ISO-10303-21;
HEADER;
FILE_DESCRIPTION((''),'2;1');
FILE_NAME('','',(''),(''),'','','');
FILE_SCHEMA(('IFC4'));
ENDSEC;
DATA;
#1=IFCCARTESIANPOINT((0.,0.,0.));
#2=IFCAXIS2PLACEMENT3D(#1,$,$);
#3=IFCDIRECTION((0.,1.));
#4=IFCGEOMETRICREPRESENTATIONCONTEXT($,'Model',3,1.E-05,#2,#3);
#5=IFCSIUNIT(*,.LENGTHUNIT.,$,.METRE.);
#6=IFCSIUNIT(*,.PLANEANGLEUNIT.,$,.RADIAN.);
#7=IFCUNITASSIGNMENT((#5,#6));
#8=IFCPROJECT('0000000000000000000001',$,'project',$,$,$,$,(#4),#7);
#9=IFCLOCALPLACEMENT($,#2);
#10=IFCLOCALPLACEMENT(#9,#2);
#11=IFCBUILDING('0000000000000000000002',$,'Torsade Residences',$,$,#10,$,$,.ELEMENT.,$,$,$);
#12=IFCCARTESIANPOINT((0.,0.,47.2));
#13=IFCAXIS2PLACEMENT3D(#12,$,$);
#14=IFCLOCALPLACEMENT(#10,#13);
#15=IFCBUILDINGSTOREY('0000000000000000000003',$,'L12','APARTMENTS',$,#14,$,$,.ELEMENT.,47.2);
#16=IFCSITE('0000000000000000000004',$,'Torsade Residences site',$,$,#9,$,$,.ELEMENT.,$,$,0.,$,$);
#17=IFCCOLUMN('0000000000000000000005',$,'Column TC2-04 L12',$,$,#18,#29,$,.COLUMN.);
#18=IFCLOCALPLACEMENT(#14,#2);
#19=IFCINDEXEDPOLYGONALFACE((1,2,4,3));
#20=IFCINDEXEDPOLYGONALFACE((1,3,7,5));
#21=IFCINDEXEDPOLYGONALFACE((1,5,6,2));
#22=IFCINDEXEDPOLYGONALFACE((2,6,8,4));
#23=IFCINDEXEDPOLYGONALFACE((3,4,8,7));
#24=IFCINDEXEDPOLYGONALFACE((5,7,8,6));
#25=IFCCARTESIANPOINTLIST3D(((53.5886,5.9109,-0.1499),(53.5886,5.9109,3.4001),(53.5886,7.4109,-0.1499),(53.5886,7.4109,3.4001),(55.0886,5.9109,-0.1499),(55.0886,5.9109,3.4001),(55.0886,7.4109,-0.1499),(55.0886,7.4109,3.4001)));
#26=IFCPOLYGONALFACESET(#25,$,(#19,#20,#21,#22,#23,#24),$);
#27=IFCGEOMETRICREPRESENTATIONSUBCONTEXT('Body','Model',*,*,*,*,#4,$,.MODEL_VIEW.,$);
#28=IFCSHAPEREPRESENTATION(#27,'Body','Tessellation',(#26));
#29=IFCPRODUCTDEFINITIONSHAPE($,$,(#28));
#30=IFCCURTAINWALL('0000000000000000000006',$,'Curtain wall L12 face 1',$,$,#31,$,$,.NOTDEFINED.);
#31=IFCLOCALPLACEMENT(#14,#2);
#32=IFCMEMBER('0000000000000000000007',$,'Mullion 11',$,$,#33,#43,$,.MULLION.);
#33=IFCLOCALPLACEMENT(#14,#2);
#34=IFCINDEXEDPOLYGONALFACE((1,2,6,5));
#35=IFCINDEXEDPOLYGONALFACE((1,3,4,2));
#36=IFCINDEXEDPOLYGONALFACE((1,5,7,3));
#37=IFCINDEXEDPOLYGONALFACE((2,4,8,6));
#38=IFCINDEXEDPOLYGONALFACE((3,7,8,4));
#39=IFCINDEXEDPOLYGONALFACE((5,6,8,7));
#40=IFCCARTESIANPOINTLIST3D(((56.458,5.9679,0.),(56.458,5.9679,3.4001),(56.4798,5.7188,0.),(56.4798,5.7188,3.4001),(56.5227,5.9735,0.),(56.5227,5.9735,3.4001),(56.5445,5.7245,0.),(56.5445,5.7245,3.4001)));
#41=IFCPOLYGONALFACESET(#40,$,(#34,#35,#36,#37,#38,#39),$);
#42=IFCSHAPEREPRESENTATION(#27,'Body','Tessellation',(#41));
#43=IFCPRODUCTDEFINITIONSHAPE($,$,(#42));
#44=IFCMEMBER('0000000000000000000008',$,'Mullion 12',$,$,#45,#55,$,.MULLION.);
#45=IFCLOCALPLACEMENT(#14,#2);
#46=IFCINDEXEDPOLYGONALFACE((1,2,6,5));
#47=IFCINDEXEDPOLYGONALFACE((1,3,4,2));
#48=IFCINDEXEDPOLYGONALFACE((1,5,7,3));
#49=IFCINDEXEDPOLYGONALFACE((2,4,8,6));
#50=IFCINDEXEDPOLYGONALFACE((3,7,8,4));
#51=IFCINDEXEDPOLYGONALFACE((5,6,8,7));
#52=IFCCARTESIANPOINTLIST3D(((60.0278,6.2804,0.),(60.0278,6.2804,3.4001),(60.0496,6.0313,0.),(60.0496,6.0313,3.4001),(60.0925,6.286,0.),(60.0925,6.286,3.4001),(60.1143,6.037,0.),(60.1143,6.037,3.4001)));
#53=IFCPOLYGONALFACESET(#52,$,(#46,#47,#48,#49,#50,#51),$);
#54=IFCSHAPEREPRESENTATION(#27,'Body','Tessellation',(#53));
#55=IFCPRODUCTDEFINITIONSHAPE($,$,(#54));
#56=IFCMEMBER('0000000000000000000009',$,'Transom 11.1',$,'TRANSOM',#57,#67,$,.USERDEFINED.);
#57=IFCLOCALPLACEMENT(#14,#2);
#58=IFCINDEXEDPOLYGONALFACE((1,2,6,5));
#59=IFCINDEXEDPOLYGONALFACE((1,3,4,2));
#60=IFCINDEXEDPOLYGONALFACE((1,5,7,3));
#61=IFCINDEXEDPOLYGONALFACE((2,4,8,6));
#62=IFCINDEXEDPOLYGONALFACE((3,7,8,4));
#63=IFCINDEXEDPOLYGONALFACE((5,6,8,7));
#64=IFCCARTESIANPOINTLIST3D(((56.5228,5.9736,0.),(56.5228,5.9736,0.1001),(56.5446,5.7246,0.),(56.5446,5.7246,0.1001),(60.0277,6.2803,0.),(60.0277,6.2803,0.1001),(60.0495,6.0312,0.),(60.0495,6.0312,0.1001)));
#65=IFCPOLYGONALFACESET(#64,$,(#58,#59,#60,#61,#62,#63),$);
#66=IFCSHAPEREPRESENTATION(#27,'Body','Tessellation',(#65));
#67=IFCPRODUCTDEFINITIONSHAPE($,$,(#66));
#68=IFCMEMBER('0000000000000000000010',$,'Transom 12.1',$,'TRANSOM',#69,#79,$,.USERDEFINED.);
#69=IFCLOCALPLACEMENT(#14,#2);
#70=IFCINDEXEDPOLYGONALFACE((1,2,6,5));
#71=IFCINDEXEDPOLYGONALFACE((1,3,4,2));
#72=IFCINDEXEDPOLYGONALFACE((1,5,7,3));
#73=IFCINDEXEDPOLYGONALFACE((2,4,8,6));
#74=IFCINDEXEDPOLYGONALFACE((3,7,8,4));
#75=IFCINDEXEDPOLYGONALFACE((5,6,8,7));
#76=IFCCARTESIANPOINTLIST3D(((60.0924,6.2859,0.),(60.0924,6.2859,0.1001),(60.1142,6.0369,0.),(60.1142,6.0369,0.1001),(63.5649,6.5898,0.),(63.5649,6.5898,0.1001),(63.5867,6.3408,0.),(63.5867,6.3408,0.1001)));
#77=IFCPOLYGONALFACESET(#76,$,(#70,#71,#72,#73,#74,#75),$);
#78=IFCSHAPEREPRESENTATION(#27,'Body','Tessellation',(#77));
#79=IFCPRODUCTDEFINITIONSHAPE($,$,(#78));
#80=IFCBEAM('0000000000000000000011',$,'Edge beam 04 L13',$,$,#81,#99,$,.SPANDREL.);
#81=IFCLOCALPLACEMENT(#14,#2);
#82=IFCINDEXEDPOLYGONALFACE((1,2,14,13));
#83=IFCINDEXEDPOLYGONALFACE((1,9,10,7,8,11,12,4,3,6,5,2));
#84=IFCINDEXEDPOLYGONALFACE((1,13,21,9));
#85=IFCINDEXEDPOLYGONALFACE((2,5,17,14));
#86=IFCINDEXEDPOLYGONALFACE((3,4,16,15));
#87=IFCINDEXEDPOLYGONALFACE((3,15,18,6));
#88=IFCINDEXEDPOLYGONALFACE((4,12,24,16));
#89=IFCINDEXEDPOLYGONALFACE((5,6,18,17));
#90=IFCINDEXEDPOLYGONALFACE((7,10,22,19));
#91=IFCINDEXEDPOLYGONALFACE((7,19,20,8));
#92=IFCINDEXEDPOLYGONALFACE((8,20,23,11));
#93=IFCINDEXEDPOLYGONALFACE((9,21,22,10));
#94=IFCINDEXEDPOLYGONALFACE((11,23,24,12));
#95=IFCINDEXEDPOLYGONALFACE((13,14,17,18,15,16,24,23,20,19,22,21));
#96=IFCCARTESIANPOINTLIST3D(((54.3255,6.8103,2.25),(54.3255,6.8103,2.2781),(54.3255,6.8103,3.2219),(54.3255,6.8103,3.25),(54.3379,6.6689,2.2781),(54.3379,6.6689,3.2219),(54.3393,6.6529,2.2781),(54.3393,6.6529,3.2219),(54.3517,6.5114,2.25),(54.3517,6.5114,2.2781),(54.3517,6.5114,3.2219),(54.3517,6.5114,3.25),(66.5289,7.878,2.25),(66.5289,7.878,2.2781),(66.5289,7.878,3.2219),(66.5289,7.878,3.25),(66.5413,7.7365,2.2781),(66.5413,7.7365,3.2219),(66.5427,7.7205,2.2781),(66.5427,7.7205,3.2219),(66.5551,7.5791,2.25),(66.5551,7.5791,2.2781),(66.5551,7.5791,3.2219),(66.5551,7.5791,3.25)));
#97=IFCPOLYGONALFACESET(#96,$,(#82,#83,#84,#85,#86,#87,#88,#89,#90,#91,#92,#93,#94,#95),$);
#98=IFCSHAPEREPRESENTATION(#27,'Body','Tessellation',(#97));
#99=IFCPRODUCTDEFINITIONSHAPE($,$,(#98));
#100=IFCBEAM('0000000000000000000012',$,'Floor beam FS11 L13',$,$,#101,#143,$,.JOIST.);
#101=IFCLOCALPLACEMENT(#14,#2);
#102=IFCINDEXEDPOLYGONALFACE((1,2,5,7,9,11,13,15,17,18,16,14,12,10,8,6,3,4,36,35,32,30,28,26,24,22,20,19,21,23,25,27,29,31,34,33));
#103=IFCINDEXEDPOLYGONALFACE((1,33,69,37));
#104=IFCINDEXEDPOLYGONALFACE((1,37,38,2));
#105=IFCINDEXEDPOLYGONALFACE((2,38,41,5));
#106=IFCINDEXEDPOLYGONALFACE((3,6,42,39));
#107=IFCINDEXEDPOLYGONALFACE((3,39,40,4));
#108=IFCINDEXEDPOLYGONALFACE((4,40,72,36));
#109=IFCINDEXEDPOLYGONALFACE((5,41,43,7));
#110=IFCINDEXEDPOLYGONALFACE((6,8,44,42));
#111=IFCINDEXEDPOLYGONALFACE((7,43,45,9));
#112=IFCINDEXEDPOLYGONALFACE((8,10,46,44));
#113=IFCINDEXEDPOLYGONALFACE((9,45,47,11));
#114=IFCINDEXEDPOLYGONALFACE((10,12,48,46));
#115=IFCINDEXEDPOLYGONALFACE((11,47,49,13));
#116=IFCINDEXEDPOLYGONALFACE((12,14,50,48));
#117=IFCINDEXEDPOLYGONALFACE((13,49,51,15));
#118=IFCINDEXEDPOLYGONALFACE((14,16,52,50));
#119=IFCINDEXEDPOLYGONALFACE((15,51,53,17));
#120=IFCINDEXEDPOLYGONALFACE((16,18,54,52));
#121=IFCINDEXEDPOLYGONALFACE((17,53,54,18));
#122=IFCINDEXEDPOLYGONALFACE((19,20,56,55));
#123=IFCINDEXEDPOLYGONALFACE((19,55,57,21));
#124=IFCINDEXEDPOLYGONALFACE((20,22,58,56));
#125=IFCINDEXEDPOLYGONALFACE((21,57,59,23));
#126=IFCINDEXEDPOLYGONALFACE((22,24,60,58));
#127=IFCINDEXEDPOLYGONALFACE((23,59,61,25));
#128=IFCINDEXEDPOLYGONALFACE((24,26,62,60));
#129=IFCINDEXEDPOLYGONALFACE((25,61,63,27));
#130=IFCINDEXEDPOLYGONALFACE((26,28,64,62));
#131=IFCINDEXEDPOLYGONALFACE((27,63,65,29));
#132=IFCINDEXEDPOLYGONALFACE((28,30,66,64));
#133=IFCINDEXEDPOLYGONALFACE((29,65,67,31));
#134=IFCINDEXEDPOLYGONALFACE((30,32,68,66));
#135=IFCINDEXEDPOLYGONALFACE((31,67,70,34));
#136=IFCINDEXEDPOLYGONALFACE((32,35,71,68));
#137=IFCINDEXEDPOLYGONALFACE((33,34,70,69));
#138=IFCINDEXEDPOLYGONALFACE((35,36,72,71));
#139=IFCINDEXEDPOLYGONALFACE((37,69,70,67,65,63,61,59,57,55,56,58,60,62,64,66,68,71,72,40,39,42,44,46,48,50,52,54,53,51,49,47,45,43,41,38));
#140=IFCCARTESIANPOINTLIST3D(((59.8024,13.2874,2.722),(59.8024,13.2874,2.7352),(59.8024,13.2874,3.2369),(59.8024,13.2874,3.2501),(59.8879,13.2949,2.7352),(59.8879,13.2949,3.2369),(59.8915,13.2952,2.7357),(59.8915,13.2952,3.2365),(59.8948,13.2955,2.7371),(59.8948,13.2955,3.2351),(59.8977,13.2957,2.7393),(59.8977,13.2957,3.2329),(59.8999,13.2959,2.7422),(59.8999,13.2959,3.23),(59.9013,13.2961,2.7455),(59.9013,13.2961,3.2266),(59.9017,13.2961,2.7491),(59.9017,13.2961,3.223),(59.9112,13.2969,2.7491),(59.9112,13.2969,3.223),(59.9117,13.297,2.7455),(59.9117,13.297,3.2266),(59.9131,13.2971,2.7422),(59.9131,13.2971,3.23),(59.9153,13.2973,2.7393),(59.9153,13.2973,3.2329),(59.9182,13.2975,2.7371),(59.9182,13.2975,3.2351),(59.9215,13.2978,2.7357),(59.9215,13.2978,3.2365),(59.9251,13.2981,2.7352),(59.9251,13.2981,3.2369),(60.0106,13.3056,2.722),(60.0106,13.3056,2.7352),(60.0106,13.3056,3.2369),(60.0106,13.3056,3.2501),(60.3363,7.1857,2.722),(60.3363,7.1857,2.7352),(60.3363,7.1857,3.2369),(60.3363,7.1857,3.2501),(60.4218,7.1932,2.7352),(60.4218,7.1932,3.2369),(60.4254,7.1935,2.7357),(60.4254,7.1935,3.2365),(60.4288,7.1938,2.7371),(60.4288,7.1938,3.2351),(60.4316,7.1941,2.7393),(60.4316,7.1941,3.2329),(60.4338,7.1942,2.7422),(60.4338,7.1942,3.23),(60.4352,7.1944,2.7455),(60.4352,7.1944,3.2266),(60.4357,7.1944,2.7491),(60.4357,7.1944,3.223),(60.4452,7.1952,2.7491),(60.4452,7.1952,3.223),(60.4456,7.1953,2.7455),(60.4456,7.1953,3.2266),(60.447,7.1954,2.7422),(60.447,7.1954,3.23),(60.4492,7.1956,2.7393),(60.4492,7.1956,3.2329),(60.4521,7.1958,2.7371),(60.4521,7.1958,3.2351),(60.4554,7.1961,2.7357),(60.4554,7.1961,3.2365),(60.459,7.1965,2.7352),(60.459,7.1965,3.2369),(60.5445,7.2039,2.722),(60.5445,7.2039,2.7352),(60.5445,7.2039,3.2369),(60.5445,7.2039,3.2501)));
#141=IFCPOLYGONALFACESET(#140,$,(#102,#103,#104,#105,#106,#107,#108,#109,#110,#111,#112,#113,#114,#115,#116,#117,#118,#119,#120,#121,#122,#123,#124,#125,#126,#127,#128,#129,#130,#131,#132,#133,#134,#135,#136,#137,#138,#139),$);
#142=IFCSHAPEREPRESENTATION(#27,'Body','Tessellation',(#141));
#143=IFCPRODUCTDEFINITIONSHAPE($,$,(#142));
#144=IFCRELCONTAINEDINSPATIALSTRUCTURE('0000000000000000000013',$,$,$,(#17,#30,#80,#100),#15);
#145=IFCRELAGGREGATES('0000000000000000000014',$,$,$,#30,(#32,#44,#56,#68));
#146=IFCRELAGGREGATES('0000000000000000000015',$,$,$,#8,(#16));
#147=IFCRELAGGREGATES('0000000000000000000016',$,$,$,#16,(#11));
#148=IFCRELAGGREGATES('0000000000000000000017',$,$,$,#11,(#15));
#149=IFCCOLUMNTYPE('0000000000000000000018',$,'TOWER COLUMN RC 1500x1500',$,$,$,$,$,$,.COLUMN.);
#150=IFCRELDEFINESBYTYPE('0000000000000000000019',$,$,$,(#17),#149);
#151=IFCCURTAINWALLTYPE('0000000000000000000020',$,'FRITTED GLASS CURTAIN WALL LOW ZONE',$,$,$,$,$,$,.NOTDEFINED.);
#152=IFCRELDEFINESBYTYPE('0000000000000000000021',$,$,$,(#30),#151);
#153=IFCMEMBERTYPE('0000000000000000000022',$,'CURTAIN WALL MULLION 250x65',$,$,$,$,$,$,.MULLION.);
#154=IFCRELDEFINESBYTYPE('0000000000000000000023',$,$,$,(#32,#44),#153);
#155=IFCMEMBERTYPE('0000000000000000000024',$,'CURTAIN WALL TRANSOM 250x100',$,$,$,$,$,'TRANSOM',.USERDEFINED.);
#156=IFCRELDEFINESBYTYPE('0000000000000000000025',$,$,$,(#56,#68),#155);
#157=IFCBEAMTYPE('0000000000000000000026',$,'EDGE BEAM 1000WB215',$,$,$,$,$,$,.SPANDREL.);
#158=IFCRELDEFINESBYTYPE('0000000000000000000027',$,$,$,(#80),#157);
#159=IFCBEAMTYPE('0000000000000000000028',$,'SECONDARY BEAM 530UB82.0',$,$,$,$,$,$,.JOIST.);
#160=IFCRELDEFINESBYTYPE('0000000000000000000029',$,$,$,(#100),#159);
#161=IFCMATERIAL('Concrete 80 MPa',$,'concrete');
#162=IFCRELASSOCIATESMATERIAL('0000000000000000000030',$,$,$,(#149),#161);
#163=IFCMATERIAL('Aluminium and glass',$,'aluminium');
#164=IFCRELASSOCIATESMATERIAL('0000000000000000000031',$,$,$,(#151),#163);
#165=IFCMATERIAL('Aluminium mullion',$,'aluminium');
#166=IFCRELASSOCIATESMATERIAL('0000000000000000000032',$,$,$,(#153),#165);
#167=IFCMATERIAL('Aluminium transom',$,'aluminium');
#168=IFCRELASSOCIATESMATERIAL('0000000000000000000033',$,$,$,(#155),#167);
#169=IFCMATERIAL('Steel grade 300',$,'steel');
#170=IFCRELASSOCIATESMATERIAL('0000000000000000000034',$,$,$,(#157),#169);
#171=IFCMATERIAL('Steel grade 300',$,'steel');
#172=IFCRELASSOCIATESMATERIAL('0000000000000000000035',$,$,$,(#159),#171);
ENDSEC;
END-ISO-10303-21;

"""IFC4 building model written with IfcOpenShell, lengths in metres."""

from ifc_helpers import new_model, si_unit, direction, frame, origin, origin_2d, place, context, subcontext, project, spatial, rectangle, i_section, extrude, material, material_profile, profile_set, type_object, element, aggregate, save


model = new_model("IFC4")

# Units and contexts
model_context = context("Model", 3, precision=1e-05, world=origin(), true_north=direction((0.0, 1.0)))
body_context = subcontext(model_context, "Body", "Model", "MODEL_VIEW")
ifc_project = project(units=[si_unit("LENGTHUNIT", "METRE"), si_unit("PLANEANGLEUNIT", "RADIAN")], contexts=[model_context])

# Site, building, storey
site_placement = place(None, origin())
site = spatial("IfcSite", under=ifc_project, at=site_placement, Name="Torsade Residences site", CompositionType="ELEMENT", RefElevation=0.0)
building_placement = place(site_placement, origin())
building = spatial("IfcBuilding", under=site, at=building_placement, Name="Torsade Residences", CompositionType="ELEMENT")
storey_placement = place(building_placement, frame((0.0, 0.0, 47.2)))
storey = spatial("IfcBuildingStorey", under=building, at=storey_placement, Name="L12", Description="APARTMENTS", CompositionType="ELEMENT", Elevation=47.2)

# Column
ifc_material_1 = material(Name="Concrete 80 MPa", Category="concrete")
ifc_material_profile_1 = material_profile(ifc_material_1, rectangle(XDim=1.5, YDim=1.5, at=origin_2d()), Name="RC 1500x1500")
ifc_profile_set_1 = profile_set([ifc_material_profile_1], Name="Concrete 80 MPa")
column_type = type_object("IfcColumnType", Name="TOWER COLUMN RC 1500x1500", PredefinedType="COLUMN", material=ifc_profile_set_1)
column_placement = place(storey_placement, frame((54.3386, 6.6609, -0.1499), z_axis=(0.0, 0.0, 1.0), x_axis=(1.0, 0.0, 0.0)))
element("IfcColumn", 1, at=column_placement, inside=storey, type_object=column_type, Name="Column TC2-04 L12", PredefinedType="COLUMN", context=body_context, shape_type="SweptSolid", body=[
    extrude(rectangle(XDim=1.5, YDim=1.5, at=origin_2d()), origin(), (0.0, 0.0, 1.0), 3.55),
])

# Curtain wall, members
ifc_material_2 = material(Name="Aluminium and glass", Category="aluminium")
curtain_wall_type = type_object("IfcCurtainWallType", Name="FRITTED GLASS CURTAIN WALL LOW ZONE", PredefinedType="NOTDEFINED", material=ifc_material_2)
curtain_wall_placement = place(storey_placement, origin())
curtain_wall = element("IfcCurtainWall", 2, at=curtain_wall_placement, inside=storey, type_object=curtain_wall_type, Name="Curtain wall L12 face 1", PredefinedType="NOTDEFINED")
ifc_material_3 = material(Name="Aluminium mullion", Category="aluminium")
ifc_material_profile_2 = material_profile(ifc_material_3, rectangle(XDim=0.25, YDim=0.0649, at=origin_2d()), Name="CURTAIN WALL MULLION 250x65")
ifc_profile_set_2 = profile_set([ifc_material_profile_2], Name="Aluminium mullion")
member_type_1 = type_object("IfcMemberType", Name="CURTAIN WALL MULLION 250x65", PredefinedType="MULLION", material=ifc_profile_set_2)
member_1_placement = place(storey_placement, frame((56.5012, 5.8462, 0.0), z_axis=(0.0, 0.0, 1.0), x_axis=(-0.087156, 0.996195, 0.0)))
member_1 = element("IfcMember", 3, at=member_1_placement, type_object=member_type_1, Name="Mullion 11", PredefinedType="MULLION", context=body_context, shape_type="SweptSolid", body=[
    extrude(rectangle(XDim=0.25, YDim=0.0649, at=origin_2d()), origin(), (0.0, 0.0, 1.0), 3.4001),
])
member_2_placement = place(storey_placement, frame((60.071, 6.1587, 0.0), z_axis=(0.0, 0.0, 1.0), x_axis=(-0.087156, 0.996195, 0.0)))
member_2 = element("IfcMember", 4, at=member_2_placement, type_object=member_type_1, Name="Mullion 12", PredefinedType="MULLION", context=body_context, shape_type="SweptSolid", body=[
    extrude(rectangle(XDim=0.25, YDim=0.0649, at=origin_2d()), origin(), (0.0, 0.0, 1.0), 3.4001),
])
ifc_material_4 = material(Name="Aluminium transom", Category="aluminium")
ifc_material_profile_3 = material_profile(ifc_material_4, rectangle(XDim=0.25, YDim=0.1001, at=origin_2d()), Name="CURTAIN WALL TRANSOM 250x100")
ifc_profile_set_3 = profile_set([ifc_material_profile_3], Name="Aluminium transom")
member_type_2 = type_object("IfcMemberType", Name="CURTAIN WALL TRANSOM 250x100", ElementType="TRANSOM", PredefinedType="USERDEFINED", material=ifc_profile_set_3)
member_3_placement = place(storey_placement, frame((56.5337, 5.8491, 0.05), z_axis=(0.996195, 0.087157, 0.0), x_axis=(-0.087157, 0.996195, 0.0)))
member_3 = element("IfcMember", 5, at=member_3_placement, type_object=member_type_2, Name="Transom 11.1", ObjectType="TRANSOM", PredefinedType="USERDEFINED", context=body_context, shape_type="SweptSolid", body=[
    extrude(rectangle(XDim=0.25, YDim=0.1001, at=origin_2d()), origin(), (0.0, 0.0, 1.0), 3.5183),
])
member_4_placement = place(storey_placement, frame((60.1033, 6.1614, 0.05), z_axis=(0.996191, 0.087195, 0.0), x_axis=(-0.087195, 0.996191, 0.0)))
member_4 = element("IfcMember", 6, at=member_4_placement, type_object=member_type_2, Name="Transom 12.1", ObjectType="TRANSOM", PredefinedType="USERDEFINED", context=body_context, shape_type="SweptSolid", body=[
    extrude(rectangle(XDim=0.25, YDim=0.1001, at=origin_2d()), origin(), (0.0, 0.0, 1.0), 3.4858),
])

# Beams
ifc_material_5 = material(Name="Steel grade 300", Category="steel")
ifc_material_profile_4 = material_profile(ifc_material_5, i_section(OverallWidth=0.3, OverallDepth=1.0, WebThickness=0.0161, FlangeThickness=0.0281, at=origin_2d()), Name="1000WB215")
ifc_profile_set_4 = profile_set([ifc_material_profile_4], Name="Steel grade 300")
beam_type_1 = type_object("IfcBeamType", Name="EDGE BEAM 1000WB215", PredefinedType="SPANDREL", material=ifc_profile_set_4)
beam_1_placement = place(storey_placement, frame((54.3386, 6.6609, 2.75), z_axis=(0.996195, 0.087153, 0.0), x_axis=(-0.087153, 0.996195, 0.0)))
element("IfcBeam", 7, at=beam_1_placement, inside=storey, type_object=beam_type_1, Name="Edge beam 04 L13", PredefinedType="SPANDREL", context=body_context, shape_type="SweptSolid", body=[
    extrude(i_section(OverallWidth=0.3, OverallDepth=1.0, WebThickness=0.0161, FlangeThickness=0.0281, at=origin_2d()), origin(), (0.0, 0.0, 1.0), 12.25),
])
ifc_material_6 = material(Name="Steel grade 300", Category="steel")
ifc_material_profile_5 = material_profile(ifc_material_6, i_section(OverallWidth=0.209, OverallDepth=0.5281, WebThickness=0.0095, FlangeThickness=0.0132, FilletRadius=0.0139, at=origin_2d()), Name="530UB82.0")
ifc_profile_set_5 = profile_set([ifc_material_profile_5], Name="Steel grade 300")
beam_type_2 = type_object("IfcBeamType", Name="SECONDARY BEAM 530UB82.0", PredefinedType="JOIST", material=ifc_profile_set_5)
beam_2_placement = place(storey_placement, frame((60.4404, 7.1948, 2.9861), z_axis=(-0.087175, 0.996193, 0.0), x_axis=(-0.996193, -0.087175, 0.0)))
element("IfcBeam", 8, at=beam_2_placement, inside=storey, type_object=beam_type_2, Name="Floor beam FS11 L13", PredefinedType="JOIST", context=body_context, shape_type="SweptSolid", body=[
    extrude(i_section(OverallWidth=0.209, OverallDepth=0.5281, WebThickness=0.0095, FlangeThickness=0.0132, FilletRadius=0.0139, at=origin_2d()), origin(), (0.0, 0.0, 1.0), 6.125),
])

aggregate(curtain_wall, [member_1, member_2, member_3, member_4])

save(model, "model.ifc")
